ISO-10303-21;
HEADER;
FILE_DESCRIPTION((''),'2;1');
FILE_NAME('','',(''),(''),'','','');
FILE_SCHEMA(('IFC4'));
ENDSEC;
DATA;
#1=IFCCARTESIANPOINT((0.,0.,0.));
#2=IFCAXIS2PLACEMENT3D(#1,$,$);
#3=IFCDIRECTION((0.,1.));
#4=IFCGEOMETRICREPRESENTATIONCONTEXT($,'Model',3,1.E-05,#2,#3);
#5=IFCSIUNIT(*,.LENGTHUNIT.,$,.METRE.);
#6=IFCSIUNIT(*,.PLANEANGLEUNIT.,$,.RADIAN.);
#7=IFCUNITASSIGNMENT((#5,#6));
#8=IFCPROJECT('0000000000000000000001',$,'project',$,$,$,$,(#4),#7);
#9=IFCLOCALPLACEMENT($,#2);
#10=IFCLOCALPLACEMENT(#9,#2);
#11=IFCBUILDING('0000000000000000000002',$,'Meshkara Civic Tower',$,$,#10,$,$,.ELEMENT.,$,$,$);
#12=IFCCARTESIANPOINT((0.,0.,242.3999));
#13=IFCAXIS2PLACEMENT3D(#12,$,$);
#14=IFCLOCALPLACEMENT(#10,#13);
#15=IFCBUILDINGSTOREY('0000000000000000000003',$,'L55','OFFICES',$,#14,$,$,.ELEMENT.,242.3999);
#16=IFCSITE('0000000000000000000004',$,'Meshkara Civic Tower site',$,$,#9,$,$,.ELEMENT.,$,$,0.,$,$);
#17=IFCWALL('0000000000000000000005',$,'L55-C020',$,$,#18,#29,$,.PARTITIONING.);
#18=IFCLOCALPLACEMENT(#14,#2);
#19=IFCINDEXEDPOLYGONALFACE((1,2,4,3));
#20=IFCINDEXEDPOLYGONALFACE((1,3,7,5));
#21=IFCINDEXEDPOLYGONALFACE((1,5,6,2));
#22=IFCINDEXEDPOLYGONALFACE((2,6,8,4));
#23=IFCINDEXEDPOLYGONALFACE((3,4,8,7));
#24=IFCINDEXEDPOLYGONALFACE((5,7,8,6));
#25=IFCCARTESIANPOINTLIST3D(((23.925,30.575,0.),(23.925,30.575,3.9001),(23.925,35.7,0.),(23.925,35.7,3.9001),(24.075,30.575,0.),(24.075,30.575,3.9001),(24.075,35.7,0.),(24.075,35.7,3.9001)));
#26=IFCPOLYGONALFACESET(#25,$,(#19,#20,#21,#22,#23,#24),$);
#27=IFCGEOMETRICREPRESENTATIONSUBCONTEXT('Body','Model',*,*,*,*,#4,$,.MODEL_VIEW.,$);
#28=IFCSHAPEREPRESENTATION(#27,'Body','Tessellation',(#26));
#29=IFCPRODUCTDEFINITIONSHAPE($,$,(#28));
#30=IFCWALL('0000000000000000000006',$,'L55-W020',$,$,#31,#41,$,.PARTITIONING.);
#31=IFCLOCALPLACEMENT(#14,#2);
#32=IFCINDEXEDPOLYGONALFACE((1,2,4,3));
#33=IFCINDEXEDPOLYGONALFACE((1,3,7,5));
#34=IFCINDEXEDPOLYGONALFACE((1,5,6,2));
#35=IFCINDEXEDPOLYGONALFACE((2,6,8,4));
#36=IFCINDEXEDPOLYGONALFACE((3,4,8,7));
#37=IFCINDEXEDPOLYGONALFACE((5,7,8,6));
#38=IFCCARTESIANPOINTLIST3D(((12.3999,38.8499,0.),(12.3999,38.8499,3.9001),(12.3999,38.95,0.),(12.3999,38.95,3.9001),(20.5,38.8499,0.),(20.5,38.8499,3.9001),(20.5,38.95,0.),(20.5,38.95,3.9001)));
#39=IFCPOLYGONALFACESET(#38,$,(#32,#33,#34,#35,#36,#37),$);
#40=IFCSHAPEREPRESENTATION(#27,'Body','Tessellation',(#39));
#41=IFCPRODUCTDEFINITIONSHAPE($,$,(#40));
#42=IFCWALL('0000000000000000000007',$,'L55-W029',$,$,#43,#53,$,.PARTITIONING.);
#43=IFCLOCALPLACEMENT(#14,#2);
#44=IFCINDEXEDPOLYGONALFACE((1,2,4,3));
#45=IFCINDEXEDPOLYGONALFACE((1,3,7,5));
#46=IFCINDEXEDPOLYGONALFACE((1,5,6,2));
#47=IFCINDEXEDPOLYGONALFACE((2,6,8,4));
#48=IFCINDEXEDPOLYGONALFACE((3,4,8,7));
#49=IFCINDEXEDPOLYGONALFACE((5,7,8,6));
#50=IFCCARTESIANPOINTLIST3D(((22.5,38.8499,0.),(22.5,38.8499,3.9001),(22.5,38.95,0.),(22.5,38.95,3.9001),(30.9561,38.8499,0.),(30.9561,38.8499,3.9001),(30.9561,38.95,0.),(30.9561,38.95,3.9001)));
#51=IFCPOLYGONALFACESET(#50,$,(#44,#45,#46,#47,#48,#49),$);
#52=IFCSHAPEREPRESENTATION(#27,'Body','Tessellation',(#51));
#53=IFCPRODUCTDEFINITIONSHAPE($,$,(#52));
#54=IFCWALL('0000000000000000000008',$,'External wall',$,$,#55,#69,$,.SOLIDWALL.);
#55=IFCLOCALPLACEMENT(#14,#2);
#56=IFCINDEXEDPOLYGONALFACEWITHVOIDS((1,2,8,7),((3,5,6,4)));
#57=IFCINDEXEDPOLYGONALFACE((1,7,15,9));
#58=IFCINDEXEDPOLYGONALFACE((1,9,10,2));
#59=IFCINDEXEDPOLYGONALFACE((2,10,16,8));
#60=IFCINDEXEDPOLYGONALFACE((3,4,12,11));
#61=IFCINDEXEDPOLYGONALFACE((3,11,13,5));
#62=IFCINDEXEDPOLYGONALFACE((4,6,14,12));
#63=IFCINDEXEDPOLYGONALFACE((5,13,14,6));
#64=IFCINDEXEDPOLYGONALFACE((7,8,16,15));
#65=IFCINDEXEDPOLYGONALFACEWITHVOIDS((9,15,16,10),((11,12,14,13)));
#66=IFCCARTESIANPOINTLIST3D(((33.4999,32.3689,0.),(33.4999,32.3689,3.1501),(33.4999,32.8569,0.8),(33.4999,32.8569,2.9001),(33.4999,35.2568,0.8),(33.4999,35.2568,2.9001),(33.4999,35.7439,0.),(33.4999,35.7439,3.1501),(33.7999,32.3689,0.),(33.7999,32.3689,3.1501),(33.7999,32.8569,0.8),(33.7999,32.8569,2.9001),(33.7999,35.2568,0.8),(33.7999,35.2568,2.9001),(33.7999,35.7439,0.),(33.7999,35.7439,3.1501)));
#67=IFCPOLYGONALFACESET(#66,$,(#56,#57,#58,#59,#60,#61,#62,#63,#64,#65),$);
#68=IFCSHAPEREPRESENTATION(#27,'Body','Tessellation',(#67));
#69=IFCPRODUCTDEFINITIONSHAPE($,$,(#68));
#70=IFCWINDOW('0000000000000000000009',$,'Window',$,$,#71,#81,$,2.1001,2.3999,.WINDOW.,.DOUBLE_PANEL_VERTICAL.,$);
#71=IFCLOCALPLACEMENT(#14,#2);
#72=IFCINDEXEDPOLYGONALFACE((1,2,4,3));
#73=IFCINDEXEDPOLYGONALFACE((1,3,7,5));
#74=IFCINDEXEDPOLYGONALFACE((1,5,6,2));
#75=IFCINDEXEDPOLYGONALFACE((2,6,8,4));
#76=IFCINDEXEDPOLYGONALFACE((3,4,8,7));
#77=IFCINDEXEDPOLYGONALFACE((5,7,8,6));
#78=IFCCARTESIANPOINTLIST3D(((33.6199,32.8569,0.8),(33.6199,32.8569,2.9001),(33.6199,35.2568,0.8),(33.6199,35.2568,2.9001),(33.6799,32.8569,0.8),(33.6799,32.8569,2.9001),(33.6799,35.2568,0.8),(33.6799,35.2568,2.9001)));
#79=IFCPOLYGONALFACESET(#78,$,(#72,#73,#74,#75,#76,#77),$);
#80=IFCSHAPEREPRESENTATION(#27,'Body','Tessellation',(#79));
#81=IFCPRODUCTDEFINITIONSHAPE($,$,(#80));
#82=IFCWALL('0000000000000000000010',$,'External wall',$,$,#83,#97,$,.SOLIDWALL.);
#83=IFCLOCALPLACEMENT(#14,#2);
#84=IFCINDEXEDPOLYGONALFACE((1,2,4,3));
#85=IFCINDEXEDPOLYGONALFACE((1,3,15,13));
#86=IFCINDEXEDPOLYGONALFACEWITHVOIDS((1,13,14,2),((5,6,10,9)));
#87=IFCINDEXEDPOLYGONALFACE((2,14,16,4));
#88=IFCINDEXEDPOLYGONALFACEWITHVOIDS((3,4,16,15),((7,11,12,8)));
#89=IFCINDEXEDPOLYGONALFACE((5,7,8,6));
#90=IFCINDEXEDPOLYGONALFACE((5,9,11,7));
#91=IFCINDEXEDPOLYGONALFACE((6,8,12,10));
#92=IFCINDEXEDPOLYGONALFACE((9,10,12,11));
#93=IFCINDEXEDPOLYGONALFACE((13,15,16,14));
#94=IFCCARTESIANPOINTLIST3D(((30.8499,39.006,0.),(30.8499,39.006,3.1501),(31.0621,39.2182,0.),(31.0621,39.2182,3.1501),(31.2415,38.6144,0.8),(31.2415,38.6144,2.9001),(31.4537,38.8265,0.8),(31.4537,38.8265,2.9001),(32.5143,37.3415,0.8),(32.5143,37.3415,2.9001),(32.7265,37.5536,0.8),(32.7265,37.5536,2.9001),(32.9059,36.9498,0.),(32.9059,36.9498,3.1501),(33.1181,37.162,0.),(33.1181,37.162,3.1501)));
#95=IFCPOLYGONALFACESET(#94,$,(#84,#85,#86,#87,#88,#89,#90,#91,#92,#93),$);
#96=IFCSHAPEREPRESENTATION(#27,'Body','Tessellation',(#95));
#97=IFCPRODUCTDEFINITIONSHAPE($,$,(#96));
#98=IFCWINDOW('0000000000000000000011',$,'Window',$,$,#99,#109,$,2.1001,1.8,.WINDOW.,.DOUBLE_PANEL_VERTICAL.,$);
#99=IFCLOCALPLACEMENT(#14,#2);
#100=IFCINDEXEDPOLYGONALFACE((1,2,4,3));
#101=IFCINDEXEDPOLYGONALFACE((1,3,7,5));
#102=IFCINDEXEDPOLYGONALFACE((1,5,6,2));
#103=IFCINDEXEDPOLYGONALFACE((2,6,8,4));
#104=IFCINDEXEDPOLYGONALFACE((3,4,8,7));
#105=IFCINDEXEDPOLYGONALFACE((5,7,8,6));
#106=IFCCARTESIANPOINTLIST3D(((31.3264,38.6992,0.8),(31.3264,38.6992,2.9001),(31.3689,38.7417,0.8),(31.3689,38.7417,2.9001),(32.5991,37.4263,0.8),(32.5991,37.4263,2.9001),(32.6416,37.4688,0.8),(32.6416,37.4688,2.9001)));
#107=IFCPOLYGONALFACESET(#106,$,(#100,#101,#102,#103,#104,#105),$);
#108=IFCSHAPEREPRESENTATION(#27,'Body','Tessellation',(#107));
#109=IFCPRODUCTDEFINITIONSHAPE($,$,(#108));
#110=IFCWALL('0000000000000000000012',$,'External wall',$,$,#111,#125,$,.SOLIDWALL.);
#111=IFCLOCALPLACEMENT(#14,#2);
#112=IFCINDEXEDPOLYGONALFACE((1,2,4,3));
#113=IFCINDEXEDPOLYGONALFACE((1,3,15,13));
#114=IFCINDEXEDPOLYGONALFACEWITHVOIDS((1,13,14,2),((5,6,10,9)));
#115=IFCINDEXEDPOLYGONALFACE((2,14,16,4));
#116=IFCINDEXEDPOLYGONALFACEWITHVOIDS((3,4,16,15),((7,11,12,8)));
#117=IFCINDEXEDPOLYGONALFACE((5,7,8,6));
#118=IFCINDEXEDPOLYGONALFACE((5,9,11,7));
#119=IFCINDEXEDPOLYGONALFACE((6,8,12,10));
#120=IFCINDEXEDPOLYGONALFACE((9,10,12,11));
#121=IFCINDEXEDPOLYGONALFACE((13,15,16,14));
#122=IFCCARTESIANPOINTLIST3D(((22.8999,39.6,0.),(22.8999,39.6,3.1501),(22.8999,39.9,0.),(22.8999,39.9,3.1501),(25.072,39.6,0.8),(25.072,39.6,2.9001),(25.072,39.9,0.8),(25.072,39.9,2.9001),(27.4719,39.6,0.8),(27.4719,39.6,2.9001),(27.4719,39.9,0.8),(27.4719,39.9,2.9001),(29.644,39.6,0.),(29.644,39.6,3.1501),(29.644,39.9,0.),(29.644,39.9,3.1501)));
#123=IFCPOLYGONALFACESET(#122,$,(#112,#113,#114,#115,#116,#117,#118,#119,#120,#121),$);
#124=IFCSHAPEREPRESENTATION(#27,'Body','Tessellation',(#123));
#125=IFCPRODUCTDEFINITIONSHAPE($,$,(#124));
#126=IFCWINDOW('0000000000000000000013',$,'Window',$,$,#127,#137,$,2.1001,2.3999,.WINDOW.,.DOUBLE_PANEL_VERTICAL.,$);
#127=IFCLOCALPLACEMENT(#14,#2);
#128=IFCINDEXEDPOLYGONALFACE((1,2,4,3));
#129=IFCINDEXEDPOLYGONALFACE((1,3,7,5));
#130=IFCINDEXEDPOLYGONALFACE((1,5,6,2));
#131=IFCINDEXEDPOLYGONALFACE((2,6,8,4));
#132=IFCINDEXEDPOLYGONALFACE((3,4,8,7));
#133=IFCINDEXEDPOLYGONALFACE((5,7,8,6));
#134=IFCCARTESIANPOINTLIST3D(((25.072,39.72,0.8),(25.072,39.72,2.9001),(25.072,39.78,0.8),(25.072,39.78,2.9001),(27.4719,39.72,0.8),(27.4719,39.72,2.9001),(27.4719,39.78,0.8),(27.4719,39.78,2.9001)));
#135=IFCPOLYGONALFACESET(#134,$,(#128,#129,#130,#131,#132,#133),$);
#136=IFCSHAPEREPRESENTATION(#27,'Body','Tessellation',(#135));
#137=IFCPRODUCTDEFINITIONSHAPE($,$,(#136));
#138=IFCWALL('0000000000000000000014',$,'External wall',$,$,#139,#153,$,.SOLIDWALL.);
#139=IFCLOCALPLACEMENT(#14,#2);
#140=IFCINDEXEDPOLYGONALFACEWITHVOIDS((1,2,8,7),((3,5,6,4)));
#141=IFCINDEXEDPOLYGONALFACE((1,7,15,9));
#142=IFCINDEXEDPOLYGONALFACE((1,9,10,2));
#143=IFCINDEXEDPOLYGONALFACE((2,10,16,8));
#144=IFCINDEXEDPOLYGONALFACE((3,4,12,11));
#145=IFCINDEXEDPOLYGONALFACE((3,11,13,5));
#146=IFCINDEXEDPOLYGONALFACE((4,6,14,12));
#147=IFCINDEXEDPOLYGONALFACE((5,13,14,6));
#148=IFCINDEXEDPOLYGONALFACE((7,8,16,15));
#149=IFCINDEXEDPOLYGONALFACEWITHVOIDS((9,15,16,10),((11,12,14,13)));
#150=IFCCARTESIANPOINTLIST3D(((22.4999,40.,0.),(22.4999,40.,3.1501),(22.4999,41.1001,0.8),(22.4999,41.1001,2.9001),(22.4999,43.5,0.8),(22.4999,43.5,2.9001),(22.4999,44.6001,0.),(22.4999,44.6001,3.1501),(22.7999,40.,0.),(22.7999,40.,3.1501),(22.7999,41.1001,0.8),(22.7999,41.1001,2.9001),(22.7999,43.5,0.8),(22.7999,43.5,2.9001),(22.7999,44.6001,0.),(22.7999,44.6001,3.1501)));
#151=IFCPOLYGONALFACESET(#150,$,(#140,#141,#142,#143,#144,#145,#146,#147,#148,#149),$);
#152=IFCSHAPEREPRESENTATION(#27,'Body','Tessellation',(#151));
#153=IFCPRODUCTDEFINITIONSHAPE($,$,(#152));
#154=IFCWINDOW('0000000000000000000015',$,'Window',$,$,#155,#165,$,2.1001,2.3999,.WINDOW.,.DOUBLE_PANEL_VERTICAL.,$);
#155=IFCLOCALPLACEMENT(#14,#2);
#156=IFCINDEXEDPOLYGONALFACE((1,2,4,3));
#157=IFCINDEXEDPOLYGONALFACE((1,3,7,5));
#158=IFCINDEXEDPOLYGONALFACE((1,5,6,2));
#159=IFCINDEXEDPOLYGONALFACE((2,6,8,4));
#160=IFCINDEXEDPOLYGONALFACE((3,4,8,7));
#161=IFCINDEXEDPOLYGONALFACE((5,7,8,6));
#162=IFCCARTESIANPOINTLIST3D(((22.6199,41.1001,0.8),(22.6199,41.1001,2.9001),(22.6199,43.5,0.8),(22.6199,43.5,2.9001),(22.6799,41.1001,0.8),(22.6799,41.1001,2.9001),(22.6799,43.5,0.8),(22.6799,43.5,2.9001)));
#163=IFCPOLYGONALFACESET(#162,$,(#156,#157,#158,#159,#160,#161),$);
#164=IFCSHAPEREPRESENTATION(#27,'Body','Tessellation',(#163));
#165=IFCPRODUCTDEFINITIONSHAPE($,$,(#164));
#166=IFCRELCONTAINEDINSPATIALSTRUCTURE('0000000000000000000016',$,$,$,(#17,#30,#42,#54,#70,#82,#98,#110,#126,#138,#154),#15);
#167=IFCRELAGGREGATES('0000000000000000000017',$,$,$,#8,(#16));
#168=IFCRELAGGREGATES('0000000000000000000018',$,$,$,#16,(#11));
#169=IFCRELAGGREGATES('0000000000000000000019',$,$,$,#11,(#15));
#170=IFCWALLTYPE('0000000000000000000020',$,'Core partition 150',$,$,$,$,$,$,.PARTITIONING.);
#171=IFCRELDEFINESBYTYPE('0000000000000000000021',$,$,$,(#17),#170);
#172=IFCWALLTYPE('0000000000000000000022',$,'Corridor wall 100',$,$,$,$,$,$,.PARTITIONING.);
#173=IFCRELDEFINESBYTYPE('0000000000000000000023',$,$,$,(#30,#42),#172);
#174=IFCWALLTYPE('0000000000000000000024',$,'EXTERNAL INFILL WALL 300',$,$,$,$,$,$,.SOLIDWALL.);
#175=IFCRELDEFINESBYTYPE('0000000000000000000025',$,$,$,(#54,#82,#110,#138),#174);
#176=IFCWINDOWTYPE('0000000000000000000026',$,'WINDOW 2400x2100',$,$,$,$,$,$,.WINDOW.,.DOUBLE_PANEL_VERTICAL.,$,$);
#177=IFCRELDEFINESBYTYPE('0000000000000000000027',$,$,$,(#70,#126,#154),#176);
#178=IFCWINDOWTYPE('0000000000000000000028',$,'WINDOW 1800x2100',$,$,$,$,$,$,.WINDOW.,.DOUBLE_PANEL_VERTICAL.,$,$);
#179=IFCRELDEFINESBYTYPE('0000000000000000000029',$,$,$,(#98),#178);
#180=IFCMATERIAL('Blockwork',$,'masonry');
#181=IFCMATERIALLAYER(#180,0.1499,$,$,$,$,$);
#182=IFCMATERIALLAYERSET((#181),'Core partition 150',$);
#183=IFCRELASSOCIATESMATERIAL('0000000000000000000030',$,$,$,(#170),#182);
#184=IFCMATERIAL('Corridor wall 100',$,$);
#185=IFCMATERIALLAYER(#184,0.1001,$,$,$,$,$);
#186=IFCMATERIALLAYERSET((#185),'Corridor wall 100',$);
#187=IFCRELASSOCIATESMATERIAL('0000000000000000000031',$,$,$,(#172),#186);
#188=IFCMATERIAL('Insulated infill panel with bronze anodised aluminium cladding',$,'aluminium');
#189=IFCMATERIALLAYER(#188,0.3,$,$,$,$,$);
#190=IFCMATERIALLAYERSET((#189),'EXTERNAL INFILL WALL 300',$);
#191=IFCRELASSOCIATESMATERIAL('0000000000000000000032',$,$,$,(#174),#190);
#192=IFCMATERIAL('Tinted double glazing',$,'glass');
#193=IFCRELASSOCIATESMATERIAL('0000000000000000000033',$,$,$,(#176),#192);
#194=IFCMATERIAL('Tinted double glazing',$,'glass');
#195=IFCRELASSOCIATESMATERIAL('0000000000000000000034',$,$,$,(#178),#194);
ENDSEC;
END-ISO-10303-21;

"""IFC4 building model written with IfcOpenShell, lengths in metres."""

from ifc_helpers import new_model, si_unit, direction, frame, frame_2d, origin, place, context, subcontext, project, spatial, rectangle, extrude, material, layer, layer_set, type_object, element, fill, save


model = new_model("IFC4")

# Units and contexts
model_context = context("Model", 3, precision=1e-05, world=origin(), true_north=direction((0.0, 1.0)))
body_context = subcontext(model_context, "Body", "Model", "MODEL_VIEW")
ifc_project = project(units=[si_unit("LENGTHUNIT", "METRE"), si_unit("PLANEANGLEUNIT", "RADIAN")], contexts=[model_context])

# Site, building, storey
site_placement = place(None, origin())
site = spatial("IfcSite", under=ifc_project, at=site_placement, Name="Meshkara Civic Tower site", CompositionType="ELEMENT", RefElevation=0.0)
building_placement = place(site_placement, origin())
building = spatial("IfcBuilding", under=site, at=building_placement, Name="Meshkara Civic Tower", CompositionType="ELEMENT")
storey_placement = place(building_placement, frame((0.0, 0.0, 242.3999)))
storey = spatial("IfcBuildingStorey", under=building, at=storey_placement, Name="L55", Description="OFFICES", CompositionType="ELEMENT", Elevation=242.3999)

# Shared definitions
ifc_material_1 = material(Name="Blockwork", Category="masonry")
ifc_layer_1 = layer(ifc_material_1, 0.1499)
ifc_layer_set_1 = layer_set([ifc_layer_1], Name="Core partition 150")
wall_type_1 = type_object("IfcWallType", Name="Core partition 150", PredefinedType="PARTITIONING", material=ifc_layer_set_1)

# Walls
for number, where, z_axis, x_axis, name in (
    (1, (24.0, 30.575, 0.0), (0.0, 0.0, 1.0), (0.0, 1.0, 0.0), "L55-C020"),
):
    element("IfcWall", number, at=place(storey_placement, frame(where, z_axis=z_axis, x_axis=x_axis)), inside=storey, type_object=wall_type_1, Name=name, PredefinedType="PARTITIONING", context=body_context, shape_type="SweptSolid", body=[
        extrude(rectangle(XDim=5.125, YDim=0.1499, at=frame_2d((2.5625, 0.0))), origin(), (0.0, 0.0, 1.0), 3.9001),
    ])
ifc_material_2 = material(Name="Corridor wall 100")
ifc_layer_2 = layer(ifc_material_2, 0.1001)
ifc_layer_set_2 = layer_set([ifc_layer_2], Name="Corridor wall 100")
wall_type_2 = type_object("IfcWallType", Name="Corridor wall 100", PredefinedType="PARTITIONING", material=ifc_layer_set_2)
wall_1_placement = place(storey_placement, frame((20.5, 38.8999, 0.0), z_axis=(0.0, 0.0, 1.0), x_axis=(-1.0, 0.0, 0.0)))
element("IfcWall", 2, at=wall_1_placement, inside=storey, type_object=wall_type_2, Name="L55-W020", PredefinedType="PARTITIONING", context=body_context, shape_type="SweptSolid", body=[
    extrude(rectangle(XDim=8.1001, YDim=0.1001, at=frame_2d((4.05, 0.0))), origin(), (0.0, 0.0, 1.0), 3.9001),
])
wall_2_placement = place(storey_placement, frame((30.9561, 38.8999, 0.0), z_axis=(0.0, 0.0, 1.0), x_axis=(-1.0, 0.0, 0.0)))
element("IfcWall", 3, at=wall_2_placement, inside=storey, type_object=wall_type_2, Name="L55-W029", PredefinedType="PARTITIONING", context=body_context, shape_type="SweptSolid", body=[
    extrude(rectangle(XDim=8.4561, YDim=0.1001, at=frame_2d((4.228, 0.0))), origin(), (0.0, 0.0, 1.0), 3.9001),
])

# Walls, openings, windows
ifc_material_3 = material(Name="Insulated infill panel with bronze anodised aluminium cladding", Category="aluminium")
ifc_layer_3 = layer(ifc_material_3, 0.3)
ifc_layer_set_3 = layer_set([ifc_layer_3], Name="EXTERNAL INFILL WALL 300")
wall_type_3 = type_object("IfcWallType", Name="EXTERNAL INFILL WALL 300", PredefinedType="SOLIDWALL", material=ifc_layer_set_3)
wall_3_placement = place(storey_placement, frame((33.6499, 32.3689, 0.0), z_axis=(0.0, 0.0, 1.0), x_axis=(0.0, 1.0, 0.0)))
wall_3 = element("IfcWall", 4, at=wall_3_placement, inside=storey, type_object=wall_type_3, Name="External wall", PredefinedType="SOLIDWALL", context=body_context, shape_type="SweptSolid", body=[
    extrude(rectangle(XDim=3.375, YDim=0.3, at=frame_2d((1.6875, 0.0))), origin(), (0.0, 0.0, 1.0), 3.1501),
])
opening_1_placement = place(wall_3_placement, frame((0.488, 0.0, 0.8)))
opening_1 = element("IfcOpeningElement", 5, at=opening_1_placement, cuts=wall_3, PredefinedType="OPENING", context=body_context, shape_type="SweptSolid", body=[
    extrude(rectangle(XDim=2.3999, YDim=2.1001, at=frame_2d((1.2, 1.05))), frame((0.0, 0.1599, 0.0), z_axis=(0.0, -1.0, 0.0), x_axis=(1.0, 0.0, 0.0)), (0.0, 0.0, 1.0), 0.3201),
])
ifc_material_4 = material(Name="Tinted double glazing", Category="glass")
window_type_1 = type_object("IfcWindowType", Name="WINDOW 2400x2100", PartitioningType="DOUBLE_PANEL_VERTICAL", PredefinedType="WINDOW", material=ifc_material_4)
window_1_placement = place(opening_1_placement, origin())
window_1 = element("IfcWindow", 6, at=window_1_placement, inside=storey, type_object=window_type_1, Name="Window", OverallHeight=2.1001, OverallWidth=2.3999, PartitioningType="DOUBLE_PANEL_VERTICAL", PredefinedType="WINDOW", context=body_context, shape_type="SweptSolid", body=[
    extrude(rectangle(XDim=2.3999, YDim=2.1001, at=frame_2d((1.2, 1.05))), frame((0.0, 0.03, 0.0), z_axis=(0.0, -1.0, 0.0), x_axis=(1.0, 0.0, 0.0)), (0.0, 0.0, 1.0), 0.0601),
])
fill(opening_1, window_1)
wall_4_placement = place(storey_placement, frame((33.012, 37.0559, 0.0), z_axis=(0.0, 0.0, 1.0), x_axis=(-0.707065, 0.707149, 0.0)))
wall_4 = element("IfcWall", 7, at=wall_4_placement, inside=storey, type_object=wall_type_3, Name="External wall", PredefinedType="SOLIDWALL", context=body_context, shape_type="SweptSolid", body=[
    extrude(rectangle(XDim=2.9077, YDim=0.3, at=frame_2d((1.4539, 0.0))), origin(), (0.0, 0.0, 1.0), 3.1501),
])
opening_2_placement = place(wall_4_placement, frame((0.554, 0.0, 0.8)))
opening_2 = element("IfcOpeningElement", 8, at=opening_2_placement, cuts=wall_4, PredefinedType="OPENING", context=body_context, shape_type="SweptSolid", body=[
    extrude(rectangle(XDim=1.8, YDim=2.1001, at=frame_2d((0.8999, 1.05))), frame((0.0, 0.1599, 0.0), z_axis=(0.0, -1.0, 0.0), x_axis=(1.0, 0.0, 0.0)), (0.0, 0.0, 1.0), 0.3201),
])
ifc_material_5 = material(Name="Tinted double glazing", Category="glass")
window_type_2 = type_object("IfcWindowType", Name="WINDOW 1800x2100", PartitioningType="DOUBLE_PANEL_VERTICAL", PredefinedType="WINDOW", material=ifc_material_5)
window_2_placement = place(opening_2_placement, origin())
window_2 = element("IfcWindow", 9, at=window_2_placement, inside=storey, type_object=window_type_2, Name="Window", OverallHeight=2.1001, OverallWidth=1.8, PartitioningType="DOUBLE_PANEL_VERTICAL", PredefinedType="WINDOW", context=body_context, shape_type="SweptSolid", body=[
    extrude(rectangle(XDim=1.8, YDim=2.1001, at=frame_2d((0.8999, 1.05))), frame((0.0, 0.03, 0.0), z_axis=(0.0, -1.0, 0.0), x_axis=(1.0, 0.0, 0.0)), (0.0, 0.0, 1.0), 0.0601),
])
fill(opening_2, window_2)
wall_5_placement = place(storey_placement, frame((29.644, 39.75, 0.0), z_axis=(0.0, 0.0, 1.0), x_axis=(-1.0, 0.0, 0.0)))
wall_5 = element("IfcWall", 10, at=wall_5_placement, inside=storey, type_object=wall_type_3, Name="External wall", PredefinedType="SOLIDWALL", context=body_context, shape_type="SweptSolid", body=[
    extrude(rectangle(XDim=6.7441, YDim=0.3, at=frame_2d((3.3721, 0.0))), origin(), (0.0, 0.0, 1.0), 3.1501),
])
opening_3_placement = place(wall_5_placement, frame((2.1721, 0.0, 0.8)))
opening_3 = element("IfcOpeningElement", 11, at=opening_3_placement, cuts=wall_5, PredefinedType="OPENING", context=body_context, shape_type="SweptSolid", body=[
    extrude(rectangle(XDim=2.3999, YDim=2.1001, at=frame_2d((1.2, 1.05))), frame((0.0, 0.1599, 0.0), z_axis=(0.0, -1.0, 0.0), x_axis=(1.0, 0.0, 0.0)), (0.0, 0.0, 1.0), 0.3201),
])
window_3_placement = place(opening_3_placement, origin())
window_3 = element("IfcWindow", 12, at=window_3_placement, inside=storey, type_object=window_type_1, Name="Window", OverallHeight=2.1001, OverallWidth=2.3999, PartitioningType="DOUBLE_PANEL_VERTICAL", PredefinedType="WINDOW", context=body_context, shape_type="SweptSolid", body=[
    extrude(rectangle(XDim=2.3999, YDim=2.1001, at=frame_2d((1.2, 1.05))), frame((0.0, 0.03, 0.0), z_axis=(0.0, -1.0, 0.0), x_axis=(1.0, 0.0, 0.0)), (0.0, 0.0, 1.0), 0.0601),
])
fill(opening_3, window_3)
wall_6_placement = place(storey_placement, frame((22.6499, 40.0, 0.0), z_axis=(0.0, 0.0, 1.0), x_axis=(0.0, 1.0, 0.0)))
wall_6 = element("IfcWall", 13, at=wall_6_placement, inside=storey, type_object=wall_type_3, Name="External wall", PredefinedType="SOLIDWALL", context=body_context, shape_type="SweptSolid", body=[
    extrude(rectangle(XDim=4.6001, YDim=0.3, at=frame_2d((2.3, 0.0))), origin(), (0.0, 0.0, 1.0), 3.1501),
])
opening_4_placement = place(wall_6_placement, frame((1.1001, 0.0, 0.8)))
opening_4 = element("IfcOpeningElement", 14, at=opening_4_placement, cuts=wall_6, PredefinedType="OPENING", context=body_context, shape_type="SweptSolid", body=[
    extrude(rectangle(XDim=2.3999, YDim=2.1001, at=frame_2d((1.2, 1.05))), frame((0.0, 0.1599, 0.0), z_axis=(0.0, -1.0, 0.0), x_axis=(1.0, 0.0, 0.0)), (0.0, 0.0, 1.0), 0.3201),
])
window_4_placement = place(opening_4_placement, origin())
window_4 = element("IfcWindow", 15, at=window_4_placement, inside=storey, type_object=window_type_1, Name="Window", OverallHeight=2.1001, OverallWidth=2.3999, PartitioningType="DOUBLE_PANEL_VERTICAL", PredefinedType="WINDOW", context=body_context, shape_type="SweptSolid", body=[
    extrude(rectangle(XDim=2.3999, YDim=2.1001, at=frame_2d((1.2, 1.05))), frame((0.0, 0.03, 0.0), z_axis=(0.0, -1.0, 0.0), x_axis=(1.0, 0.0, 0.0)), (0.0, 0.0, 1.0), 0.0601),
])
fill(opening_4, window_4)

save(model, "model.ifc")
